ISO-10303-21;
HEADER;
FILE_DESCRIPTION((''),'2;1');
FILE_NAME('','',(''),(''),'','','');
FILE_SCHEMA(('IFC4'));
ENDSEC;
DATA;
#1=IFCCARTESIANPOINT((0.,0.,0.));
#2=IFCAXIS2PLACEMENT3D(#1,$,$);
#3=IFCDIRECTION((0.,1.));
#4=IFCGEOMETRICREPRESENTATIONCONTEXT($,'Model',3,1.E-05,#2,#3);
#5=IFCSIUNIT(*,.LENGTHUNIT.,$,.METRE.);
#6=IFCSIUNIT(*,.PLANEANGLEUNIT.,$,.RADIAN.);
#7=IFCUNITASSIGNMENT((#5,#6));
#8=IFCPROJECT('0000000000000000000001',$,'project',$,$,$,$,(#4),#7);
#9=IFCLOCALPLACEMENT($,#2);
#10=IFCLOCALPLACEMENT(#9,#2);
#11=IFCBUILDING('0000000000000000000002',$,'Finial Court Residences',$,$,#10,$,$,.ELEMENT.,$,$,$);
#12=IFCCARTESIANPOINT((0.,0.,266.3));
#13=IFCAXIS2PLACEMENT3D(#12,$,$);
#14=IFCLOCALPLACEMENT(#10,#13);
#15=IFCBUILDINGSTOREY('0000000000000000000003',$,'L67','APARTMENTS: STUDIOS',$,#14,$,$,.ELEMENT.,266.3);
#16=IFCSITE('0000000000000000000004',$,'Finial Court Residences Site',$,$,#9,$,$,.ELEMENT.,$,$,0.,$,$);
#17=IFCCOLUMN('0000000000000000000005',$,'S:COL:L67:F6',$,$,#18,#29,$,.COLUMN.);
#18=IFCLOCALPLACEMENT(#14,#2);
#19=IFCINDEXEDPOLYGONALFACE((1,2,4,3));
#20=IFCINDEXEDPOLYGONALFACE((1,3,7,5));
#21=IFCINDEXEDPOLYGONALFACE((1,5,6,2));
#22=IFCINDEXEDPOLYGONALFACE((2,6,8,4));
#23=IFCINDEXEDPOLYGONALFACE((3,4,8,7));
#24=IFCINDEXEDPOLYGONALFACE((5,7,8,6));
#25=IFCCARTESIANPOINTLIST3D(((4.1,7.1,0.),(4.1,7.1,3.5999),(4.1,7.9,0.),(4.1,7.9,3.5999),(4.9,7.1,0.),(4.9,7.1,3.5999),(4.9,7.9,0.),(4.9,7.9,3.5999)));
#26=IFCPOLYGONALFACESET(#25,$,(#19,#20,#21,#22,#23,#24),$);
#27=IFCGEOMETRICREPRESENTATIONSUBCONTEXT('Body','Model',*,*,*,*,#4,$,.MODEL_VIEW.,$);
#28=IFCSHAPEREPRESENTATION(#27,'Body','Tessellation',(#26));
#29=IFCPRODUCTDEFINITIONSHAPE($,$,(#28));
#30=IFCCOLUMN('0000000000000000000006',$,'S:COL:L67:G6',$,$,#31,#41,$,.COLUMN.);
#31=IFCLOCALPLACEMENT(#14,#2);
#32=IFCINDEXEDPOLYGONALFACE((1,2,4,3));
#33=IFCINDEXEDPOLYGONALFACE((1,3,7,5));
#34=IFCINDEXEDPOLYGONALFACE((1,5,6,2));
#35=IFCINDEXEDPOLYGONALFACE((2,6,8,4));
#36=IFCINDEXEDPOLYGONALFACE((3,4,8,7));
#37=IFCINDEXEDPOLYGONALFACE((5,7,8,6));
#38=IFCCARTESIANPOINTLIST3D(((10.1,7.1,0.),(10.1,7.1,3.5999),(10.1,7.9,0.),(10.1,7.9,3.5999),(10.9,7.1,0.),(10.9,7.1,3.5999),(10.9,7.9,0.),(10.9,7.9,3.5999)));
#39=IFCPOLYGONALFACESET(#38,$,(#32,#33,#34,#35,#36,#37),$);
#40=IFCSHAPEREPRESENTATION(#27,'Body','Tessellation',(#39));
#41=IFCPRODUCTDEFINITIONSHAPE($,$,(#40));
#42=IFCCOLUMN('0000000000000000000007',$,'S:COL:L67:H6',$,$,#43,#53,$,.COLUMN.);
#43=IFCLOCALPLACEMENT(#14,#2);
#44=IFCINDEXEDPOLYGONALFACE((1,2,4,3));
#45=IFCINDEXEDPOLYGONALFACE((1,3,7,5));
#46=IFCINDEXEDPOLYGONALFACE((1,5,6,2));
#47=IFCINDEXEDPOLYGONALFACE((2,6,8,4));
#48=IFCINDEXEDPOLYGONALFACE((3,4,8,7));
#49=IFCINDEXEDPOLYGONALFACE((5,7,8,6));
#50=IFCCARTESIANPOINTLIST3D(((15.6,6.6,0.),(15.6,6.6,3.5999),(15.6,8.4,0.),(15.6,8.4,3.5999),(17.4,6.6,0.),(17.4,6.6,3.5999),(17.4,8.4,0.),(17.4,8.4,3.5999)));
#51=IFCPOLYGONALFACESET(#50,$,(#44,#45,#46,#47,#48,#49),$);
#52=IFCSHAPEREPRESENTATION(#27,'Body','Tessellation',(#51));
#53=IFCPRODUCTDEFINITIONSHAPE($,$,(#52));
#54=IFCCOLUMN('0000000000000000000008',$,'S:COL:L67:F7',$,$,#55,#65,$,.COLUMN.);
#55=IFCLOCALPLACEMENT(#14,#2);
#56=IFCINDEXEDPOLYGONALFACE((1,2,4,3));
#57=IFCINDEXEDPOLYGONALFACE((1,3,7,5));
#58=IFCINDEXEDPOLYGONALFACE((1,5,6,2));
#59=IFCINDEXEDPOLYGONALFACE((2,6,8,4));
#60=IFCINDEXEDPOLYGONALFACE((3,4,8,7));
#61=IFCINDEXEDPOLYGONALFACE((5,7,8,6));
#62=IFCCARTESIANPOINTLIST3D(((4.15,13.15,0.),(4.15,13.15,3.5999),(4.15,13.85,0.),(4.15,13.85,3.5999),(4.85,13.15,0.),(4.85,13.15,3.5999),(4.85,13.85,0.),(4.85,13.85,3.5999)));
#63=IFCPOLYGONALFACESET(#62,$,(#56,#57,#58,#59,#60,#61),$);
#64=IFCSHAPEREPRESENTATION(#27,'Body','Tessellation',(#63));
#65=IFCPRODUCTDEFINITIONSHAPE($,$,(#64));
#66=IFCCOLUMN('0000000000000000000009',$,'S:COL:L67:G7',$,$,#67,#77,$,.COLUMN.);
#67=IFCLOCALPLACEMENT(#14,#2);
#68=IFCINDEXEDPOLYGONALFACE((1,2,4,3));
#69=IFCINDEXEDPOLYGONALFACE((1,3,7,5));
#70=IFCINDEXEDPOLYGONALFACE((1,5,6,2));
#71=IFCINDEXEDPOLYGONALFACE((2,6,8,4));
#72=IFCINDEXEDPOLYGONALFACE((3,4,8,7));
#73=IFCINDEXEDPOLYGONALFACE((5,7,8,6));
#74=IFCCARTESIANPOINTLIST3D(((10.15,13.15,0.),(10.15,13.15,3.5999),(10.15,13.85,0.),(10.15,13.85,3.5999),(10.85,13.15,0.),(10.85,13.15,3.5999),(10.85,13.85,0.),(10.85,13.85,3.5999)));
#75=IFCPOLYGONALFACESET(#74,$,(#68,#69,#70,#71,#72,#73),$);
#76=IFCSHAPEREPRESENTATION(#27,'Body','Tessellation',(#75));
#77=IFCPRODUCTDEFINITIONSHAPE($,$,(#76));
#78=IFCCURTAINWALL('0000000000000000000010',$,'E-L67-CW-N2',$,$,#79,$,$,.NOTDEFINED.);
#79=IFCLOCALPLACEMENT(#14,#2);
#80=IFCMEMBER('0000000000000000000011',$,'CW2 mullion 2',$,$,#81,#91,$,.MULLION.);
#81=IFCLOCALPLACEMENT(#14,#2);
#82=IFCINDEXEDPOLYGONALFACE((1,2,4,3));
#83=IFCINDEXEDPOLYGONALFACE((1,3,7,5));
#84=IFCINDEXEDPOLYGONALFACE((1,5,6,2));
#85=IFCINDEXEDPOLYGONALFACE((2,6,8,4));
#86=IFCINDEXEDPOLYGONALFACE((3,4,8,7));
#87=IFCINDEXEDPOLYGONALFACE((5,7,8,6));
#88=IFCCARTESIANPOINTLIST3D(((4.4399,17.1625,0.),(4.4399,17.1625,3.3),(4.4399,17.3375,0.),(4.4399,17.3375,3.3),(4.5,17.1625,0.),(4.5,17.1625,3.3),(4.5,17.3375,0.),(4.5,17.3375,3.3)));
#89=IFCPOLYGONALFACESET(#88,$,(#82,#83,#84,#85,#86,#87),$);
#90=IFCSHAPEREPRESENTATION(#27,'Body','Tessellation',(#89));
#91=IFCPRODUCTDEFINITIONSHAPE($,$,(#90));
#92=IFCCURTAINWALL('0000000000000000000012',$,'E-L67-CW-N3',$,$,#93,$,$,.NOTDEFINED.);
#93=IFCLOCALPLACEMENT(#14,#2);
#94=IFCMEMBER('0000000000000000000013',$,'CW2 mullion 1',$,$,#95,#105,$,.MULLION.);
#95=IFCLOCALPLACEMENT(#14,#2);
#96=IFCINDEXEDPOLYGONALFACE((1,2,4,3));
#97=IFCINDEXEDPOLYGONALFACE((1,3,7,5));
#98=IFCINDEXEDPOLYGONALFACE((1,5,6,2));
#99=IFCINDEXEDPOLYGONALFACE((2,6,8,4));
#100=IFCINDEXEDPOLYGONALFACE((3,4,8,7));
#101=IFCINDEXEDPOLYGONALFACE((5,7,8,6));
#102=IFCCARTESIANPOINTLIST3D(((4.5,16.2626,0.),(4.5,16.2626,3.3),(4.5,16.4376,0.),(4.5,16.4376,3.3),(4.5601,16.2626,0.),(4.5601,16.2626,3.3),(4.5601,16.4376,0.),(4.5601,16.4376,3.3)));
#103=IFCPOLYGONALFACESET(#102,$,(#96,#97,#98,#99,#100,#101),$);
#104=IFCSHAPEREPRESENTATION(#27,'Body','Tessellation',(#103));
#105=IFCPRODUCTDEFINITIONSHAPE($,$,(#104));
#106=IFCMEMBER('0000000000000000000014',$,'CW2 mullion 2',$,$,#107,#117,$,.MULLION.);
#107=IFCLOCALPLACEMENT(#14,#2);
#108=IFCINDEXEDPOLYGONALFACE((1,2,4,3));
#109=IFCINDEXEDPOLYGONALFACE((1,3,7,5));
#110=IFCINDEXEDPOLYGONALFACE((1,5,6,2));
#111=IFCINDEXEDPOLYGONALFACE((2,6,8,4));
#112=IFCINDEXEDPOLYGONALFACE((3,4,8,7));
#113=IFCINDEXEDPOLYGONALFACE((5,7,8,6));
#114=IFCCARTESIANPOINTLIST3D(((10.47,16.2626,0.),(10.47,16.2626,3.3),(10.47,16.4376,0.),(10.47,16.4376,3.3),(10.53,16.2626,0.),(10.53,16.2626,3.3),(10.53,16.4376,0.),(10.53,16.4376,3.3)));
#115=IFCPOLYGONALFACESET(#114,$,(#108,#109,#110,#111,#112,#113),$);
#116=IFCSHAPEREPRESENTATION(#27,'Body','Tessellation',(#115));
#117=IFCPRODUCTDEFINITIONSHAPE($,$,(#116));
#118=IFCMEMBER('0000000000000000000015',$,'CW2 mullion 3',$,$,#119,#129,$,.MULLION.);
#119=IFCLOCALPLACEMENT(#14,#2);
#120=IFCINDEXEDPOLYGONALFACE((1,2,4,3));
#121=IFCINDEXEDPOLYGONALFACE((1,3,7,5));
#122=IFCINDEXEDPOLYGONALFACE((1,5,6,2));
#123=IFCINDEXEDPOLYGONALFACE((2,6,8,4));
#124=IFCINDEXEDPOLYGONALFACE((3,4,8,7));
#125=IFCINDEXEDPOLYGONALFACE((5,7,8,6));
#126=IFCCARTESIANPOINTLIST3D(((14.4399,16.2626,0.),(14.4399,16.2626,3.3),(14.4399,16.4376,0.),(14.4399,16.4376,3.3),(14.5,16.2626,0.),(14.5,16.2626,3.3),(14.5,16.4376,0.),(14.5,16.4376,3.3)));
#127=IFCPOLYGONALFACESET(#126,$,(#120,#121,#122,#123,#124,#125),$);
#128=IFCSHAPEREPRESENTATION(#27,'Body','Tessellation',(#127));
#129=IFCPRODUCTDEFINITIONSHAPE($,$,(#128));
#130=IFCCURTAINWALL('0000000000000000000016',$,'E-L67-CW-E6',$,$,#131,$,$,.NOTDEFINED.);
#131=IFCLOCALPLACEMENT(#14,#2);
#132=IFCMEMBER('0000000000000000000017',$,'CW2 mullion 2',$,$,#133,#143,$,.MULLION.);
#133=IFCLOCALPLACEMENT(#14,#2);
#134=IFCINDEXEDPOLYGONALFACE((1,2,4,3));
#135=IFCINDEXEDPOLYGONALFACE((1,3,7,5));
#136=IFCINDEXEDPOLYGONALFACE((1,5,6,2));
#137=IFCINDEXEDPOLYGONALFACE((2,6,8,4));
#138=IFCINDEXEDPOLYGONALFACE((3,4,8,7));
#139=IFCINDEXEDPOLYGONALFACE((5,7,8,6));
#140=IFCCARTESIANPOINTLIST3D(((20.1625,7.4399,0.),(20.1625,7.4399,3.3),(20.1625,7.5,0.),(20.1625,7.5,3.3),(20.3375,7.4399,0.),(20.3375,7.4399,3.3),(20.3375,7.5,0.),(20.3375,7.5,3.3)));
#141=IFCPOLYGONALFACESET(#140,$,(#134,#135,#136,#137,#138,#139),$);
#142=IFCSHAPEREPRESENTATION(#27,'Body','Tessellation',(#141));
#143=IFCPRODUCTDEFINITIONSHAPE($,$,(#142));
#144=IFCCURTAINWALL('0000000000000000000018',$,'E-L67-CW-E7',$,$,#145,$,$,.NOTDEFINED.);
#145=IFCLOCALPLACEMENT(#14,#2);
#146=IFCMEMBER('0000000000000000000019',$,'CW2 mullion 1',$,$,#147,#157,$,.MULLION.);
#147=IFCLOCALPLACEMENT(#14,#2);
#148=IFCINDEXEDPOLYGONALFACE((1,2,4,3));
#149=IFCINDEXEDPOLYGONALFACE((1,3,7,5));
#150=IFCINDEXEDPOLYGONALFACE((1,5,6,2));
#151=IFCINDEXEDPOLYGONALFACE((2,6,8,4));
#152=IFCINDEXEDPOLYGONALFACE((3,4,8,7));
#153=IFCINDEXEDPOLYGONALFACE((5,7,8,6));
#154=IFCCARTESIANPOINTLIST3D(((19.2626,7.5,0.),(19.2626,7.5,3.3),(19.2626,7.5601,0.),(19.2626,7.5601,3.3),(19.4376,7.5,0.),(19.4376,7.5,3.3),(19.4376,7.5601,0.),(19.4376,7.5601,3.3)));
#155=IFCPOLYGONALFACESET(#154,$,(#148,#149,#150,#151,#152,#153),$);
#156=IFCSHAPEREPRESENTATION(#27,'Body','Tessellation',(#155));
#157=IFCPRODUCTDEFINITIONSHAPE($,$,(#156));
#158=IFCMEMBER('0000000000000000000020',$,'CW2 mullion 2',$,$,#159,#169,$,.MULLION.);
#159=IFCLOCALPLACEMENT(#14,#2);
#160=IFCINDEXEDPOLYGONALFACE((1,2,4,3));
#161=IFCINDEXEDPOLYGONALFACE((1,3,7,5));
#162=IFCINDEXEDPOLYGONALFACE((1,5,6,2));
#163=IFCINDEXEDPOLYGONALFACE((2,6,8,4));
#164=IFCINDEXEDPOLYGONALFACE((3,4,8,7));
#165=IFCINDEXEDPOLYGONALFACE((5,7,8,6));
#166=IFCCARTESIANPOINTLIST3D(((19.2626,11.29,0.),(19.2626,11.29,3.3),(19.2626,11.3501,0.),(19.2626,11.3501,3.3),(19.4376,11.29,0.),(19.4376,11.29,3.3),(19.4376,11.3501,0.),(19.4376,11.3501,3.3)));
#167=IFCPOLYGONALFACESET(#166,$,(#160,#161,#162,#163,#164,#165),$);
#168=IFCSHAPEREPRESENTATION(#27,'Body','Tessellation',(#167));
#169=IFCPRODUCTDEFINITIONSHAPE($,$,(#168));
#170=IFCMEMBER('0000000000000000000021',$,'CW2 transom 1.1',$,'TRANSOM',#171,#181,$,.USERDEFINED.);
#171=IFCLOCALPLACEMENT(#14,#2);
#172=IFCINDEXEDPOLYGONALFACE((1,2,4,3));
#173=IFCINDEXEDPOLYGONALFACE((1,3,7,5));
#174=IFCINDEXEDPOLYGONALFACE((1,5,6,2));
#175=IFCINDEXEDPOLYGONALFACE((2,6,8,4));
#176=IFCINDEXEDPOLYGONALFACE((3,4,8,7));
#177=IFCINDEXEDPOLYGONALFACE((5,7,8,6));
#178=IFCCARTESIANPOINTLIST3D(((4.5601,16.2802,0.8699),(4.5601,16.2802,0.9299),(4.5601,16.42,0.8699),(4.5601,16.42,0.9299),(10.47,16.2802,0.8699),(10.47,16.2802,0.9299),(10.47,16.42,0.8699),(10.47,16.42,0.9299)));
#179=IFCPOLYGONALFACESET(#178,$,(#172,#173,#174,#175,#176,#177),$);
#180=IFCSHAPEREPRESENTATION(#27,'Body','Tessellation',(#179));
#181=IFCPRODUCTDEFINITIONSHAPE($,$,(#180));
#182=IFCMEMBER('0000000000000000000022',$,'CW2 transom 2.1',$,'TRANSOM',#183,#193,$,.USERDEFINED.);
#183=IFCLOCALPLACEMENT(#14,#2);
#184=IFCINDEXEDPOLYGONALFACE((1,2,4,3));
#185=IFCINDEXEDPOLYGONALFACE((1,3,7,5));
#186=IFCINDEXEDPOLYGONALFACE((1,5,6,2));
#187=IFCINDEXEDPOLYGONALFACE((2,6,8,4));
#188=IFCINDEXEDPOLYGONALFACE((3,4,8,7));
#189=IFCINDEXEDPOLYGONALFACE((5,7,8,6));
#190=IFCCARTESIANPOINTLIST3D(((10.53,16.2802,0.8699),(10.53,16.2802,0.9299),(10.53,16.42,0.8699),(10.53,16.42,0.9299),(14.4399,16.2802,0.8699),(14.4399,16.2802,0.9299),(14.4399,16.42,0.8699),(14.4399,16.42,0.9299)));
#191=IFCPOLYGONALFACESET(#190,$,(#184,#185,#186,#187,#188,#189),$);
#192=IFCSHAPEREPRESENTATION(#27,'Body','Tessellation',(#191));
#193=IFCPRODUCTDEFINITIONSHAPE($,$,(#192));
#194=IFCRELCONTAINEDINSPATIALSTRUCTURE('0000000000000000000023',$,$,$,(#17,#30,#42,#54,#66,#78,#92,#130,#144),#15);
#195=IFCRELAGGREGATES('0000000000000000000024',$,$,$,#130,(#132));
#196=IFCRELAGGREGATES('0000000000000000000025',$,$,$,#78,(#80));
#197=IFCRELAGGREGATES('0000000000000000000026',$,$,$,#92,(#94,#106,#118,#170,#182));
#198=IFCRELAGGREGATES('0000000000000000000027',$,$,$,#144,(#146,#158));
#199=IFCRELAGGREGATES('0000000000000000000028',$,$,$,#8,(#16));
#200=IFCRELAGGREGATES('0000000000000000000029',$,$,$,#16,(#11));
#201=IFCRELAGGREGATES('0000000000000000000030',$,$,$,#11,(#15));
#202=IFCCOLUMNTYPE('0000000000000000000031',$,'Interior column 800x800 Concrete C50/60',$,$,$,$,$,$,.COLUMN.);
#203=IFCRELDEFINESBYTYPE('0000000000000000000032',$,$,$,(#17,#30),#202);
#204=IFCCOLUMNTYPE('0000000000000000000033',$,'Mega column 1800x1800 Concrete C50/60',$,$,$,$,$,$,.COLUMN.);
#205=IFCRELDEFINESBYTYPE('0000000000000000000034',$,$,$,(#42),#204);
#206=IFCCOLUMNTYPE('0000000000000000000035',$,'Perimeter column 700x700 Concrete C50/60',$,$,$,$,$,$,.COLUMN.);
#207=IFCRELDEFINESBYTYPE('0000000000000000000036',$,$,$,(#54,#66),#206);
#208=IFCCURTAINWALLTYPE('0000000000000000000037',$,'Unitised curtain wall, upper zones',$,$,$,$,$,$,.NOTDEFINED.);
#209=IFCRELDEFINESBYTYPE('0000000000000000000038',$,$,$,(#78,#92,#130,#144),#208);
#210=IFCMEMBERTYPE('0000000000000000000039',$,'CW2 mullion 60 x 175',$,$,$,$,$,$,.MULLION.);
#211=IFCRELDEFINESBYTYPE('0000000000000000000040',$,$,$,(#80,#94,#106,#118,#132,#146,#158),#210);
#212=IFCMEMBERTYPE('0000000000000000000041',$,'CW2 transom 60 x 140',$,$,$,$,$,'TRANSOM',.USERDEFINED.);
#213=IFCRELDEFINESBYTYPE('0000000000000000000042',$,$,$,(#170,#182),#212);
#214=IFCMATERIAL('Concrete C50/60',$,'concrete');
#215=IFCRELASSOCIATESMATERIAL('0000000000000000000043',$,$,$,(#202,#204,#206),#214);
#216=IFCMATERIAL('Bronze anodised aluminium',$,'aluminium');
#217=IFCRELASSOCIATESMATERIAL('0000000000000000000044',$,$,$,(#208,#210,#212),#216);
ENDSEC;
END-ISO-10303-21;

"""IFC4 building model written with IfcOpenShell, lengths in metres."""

from ifc_helpers import new_model, si_unit, direction, frame, origin, origin_2d, place, context, subcontext, project, spatial, rectangle, extrude, material, material_profile, profile_set, type_object, element, aggregate, save


model = new_model("IFC4")

# Units and contexts
model_context = context("Model", 3, precision=1e-05, world=origin(), true_north=direction((0.0, 1.0)))
body_context = subcontext(model_context, "Body", "Model", "MODEL_VIEW")
ifc_project = project(units=[si_unit("LENGTHUNIT", "METRE"), si_unit("PLANEANGLEUNIT", "RADIAN")], contexts=[model_context])

# Site, building, storey
site_placement = place(None, origin())
site = spatial("IfcSite", under=ifc_project, at=site_placement, Name="Finial Court Residences Site", CompositionType="ELEMENT", RefElevation=0.0)
building_placement = place(site_placement, origin())
building = spatial("IfcBuilding", under=site, at=building_placement, Name="Finial Court Residences", CompositionType="ELEMENT")
storey_placement = place(building_placement, frame((0.0, 0.0, 266.3)))
storey = spatial("IfcBuildingStorey", under=building, at=storey_placement, Name="L67", Description="APARTMENTS: STUDIOS", CompositionType="ELEMENT", Elevation=266.3)

# Columns
ifc_material_1 = material(Name="Concrete C50/60", Category="concrete")
ifc_material_profile_1 = material_profile(ifc_material_1, rectangle(XDim=0.8, YDim=0.8, at=origin_2d()), Name="800x800")
ifc_profile_set_1 = profile_set([ifc_material_profile_1], Name="Concrete C50/60")
column_type_1 = type_object("IfcColumnType", Name="Interior column 800x800 Concrete C50/60", PredefinedType="COLUMN", material=ifc_profile_set_1)
for number, where, z_axis, x_axis, name in (
    (1, (4.5, 7.5, 0.0), (0.0, 0.0, 1.0), (1.0, 0.0, 0.0), "S:COL:L67:F6"),
    (2, (10.5, 7.5, 0.0), (0.0, 0.0, 1.0), (1.0, 0.0, 0.0), "S:COL:L67:G6"),
):
    element("IfcColumn", number, at=place(storey_placement, frame(where, z_axis=z_axis, x_axis=x_axis)), inside=storey, type_object=column_type_1, Name=name, PredefinedType="COLUMN", context=body_context, shape_type="SweptSolid", body=[
        extrude(rectangle(XDim=0.8, YDim=0.8, at=origin_2d()), origin(), (0.0, 0.0, 1.0), 3.5999),
    ])
ifc_material_profile_2 = material_profile(ifc_material_1, rectangle(XDim=1.8, YDim=1.8, at=origin_2d()), Name="1800x1800")
ifc_profile_set_2 = profile_set([ifc_material_profile_2], Name="Concrete C50/60")
column_type_2 = type_object("IfcColumnType", Name="Mega column 1800x1800 Concrete C50/60", PredefinedType="COLUMN", material=ifc_profile_set_2)
column_placement = place(storey_placement, frame((16.5, 7.5, 0.0), z_axis=(0.0, 0.0, 1.0), x_axis=(1.0, 0.0, 0.0)))
element("IfcColumn", 3, at=column_placement, inside=storey, type_object=column_type_2, Name="S:COL:L67:H6", PredefinedType="COLUMN", context=body_context, shape_type="SweptSolid", body=[
    extrude(rectangle(XDim=1.8, YDim=1.8, at=origin_2d()), origin(), (0.0, 0.0, 1.0), 3.5999),
])
ifc_material_profile_3 = material_profile(ifc_material_1, rectangle(XDim=0.7, YDim=0.7, at=origin_2d()), Name="700x700")
ifc_profile_set_3 = profile_set([ifc_material_profile_3], Name="Concrete C50/60")
column_type_3 = type_object("IfcColumnType", Name="Perimeter column 700x700 Concrete C50/60", PredefinedType="COLUMN", material=ifc_profile_set_3)
for number, where, z_axis, x_axis, name in (
    (4, (4.5, 13.5, 0.0), (0.0, 0.0, 1.0), (1.0, 0.0, 0.0), "S:COL:L67:F7"),
    (5, (10.5, 13.5, 0.0), (0.0, 0.0, 1.0), (1.0, 0.0, 0.0), "S:COL:L67:G7"),
):
    element("IfcColumn", number, at=place(storey_placement, frame(where, z_axis=z_axis, x_axis=x_axis)), inside=storey, type_object=column_type_3, Name=name, PredefinedType="COLUMN", context=body_context, shape_type="SweptSolid", body=[
        extrude(rectangle(XDim=0.7, YDim=0.7, at=origin_2d()), origin(), (0.0, 0.0, 1.0), 3.5999),
    ])

# Curtain wall, member
ifc_material_2 = material(Name="Bronze anodised aluminium", Category="aluminium")
curtain_wall_type = type_object("IfcCurtainWallType", Name="Unitised curtain wall, upper zones", PredefinedType="NOTDEFINED", material=ifc_material_2)
curtain_wall_1_placement = place(storey_placement, origin())
curtain_wall_1 = element("IfcCurtainWall", 6, at=curtain_wall_1_placement, inside=storey, type_object=curtain_wall_type, Name="E-L67-CW-N2", PredefinedType="NOTDEFINED")
ifc_material_profile_4 = material_profile(ifc_material_2, rectangle(XDim=0.175, YDim=0.0601, at=origin_2d()), Name="CW2 mullion 60 x 175")
ifc_profile_set_4 = profile_set([ifc_material_profile_4], Name="Bronze anodised aluminium")
member_type_1 = type_object("IfcMemberType", Name="CW2 mullion 60 x 175", PredefinedType="MULLION", material=ifc_profile_set_4)
member_1_placement = place(storey_placement, frame((4.47, 17.25, 0.0), z_axis=(0.0, 0.0, 1.0), x_axis=(0.0, 1.0, 0.0)))
member_1 = element("IfcMember", 7, at=member_1_placement, type_object=member_type_1, Name="CW2 mullion 2", PredefinedType="MULLION", context=body_context, shape_type="SweptSolid", body=[
    extrude(rectangle(XDim=0.175, YDim=0.0601, at=origin_2d()), origin(), (0.0, 0.0, 1.0), 3.3),
])

# Curtain wall, members
curtain_wall_2_placement = place(storey_placement, origin())
curtain_wall_2 = element("IfcCurtainWall", 8, at=curtain_wall_2_placement, inside=storey, type_object=curtain_wall_type, Name="E-L67-CW-N3", PredefinedType="NOTDEFINED")
member_2_placement = place(storey_placement, frame((4.53, 16.3501, 0.0), z_axis=(0.0, 0.0, 1.0), x_axis=(0.0, 1.0, 0.0)))
member_2 = element("IfcMember", 9, at=member_2_placement, type_object=member_type_1, Name="CW2 mullion 1", PredefinedType="MULLION", context=body_context, shape_type="SweptSolid", body=[
    extrude(rectangle(XDim=0.175, YDim=0.0601, at=origin_2d()), origin(), (0.0, 0.0, 1.0), 3.3),
])
member_3_placement = place(storey_placement, frame((10.5, 16.3501, 0.0), z_axis=(0.0, 0.0, 1.0), x_axis=(0.0, 1.0, 0.0)))
member_3 = element("IfcMember", 10, at=member_3_placement, type_object=member_type_1, Name="CW2 mullion 2", PredefinedType="MULLION", context=body_context, shape_type="SweptSolid", body=[
    extrude(rectangle(XDim=0.175, YDim=0.0601, at=origin_2d()), origin(), (0.0, 0.0, 1.0), 3.3),
])
member_4_placement = place(storey_placement, frame((14.47, 16.3501, 0.0), z_axis=(0.0, 0.0, 1.0), x_axis=(0.0, 1.0, 0.0)))
member_4 = element("IfcMember", 11, at=member_4_placement, type_object=member_type_1, Name="CW2 mullion 3", PredefinedType="MULLION", context=body_context, shape_type="SweptSolid", body=[
    extrude(rectangle(XDim=0.175, YDim=0.0601, at=origin_2d()), origin(), (0.0, 0.0, 1.0), 3.3),
])

# Curtain wall, member
curtain_wall_3_placement = place(storey_placement, origin())
curtain_wall_3 = element("IfcCurtainWall", 12, at=curtain_wall_3_placement, inside=storey, type_object=curtain_wall_type, Name="E-L67-CW-E6", PredefinedType="NOTDEFINED")
member_5_placement = place(storey_placement, frame((20.25, 7.47, 0.0), z_axis=(0.0, 0.0, 1.0), x_axis=(-1.0, 0.0, 0.0)))
member_5 = element("IfcMember", 13, at=member_5_placement, type_object=member_type_1, Name="CW2 mullion 2", PredefinedType="MULLION", context=body_context, shape_type="SweptSolid", body=[
    extrude(rectangle(XDim=0.175, YDim=0.0601, at=origin_2d()), origin(), (0.0, 0.0, 1.0), 3.3),
])
aggregate(curtain_wall_3, [member_5])

# Curtain wall, members
curtain_wall_4_placement = place(storey_placement, origin())
curtain_wall_4 = element("IfcCurtainWall", 14, at=curtain_wall_4_placement, inside=storey, type_object=curtain_wall_type, Name="E-L67-CW-E7", PredefinedType="NOTDEFINED")
member_6_placement = place(storey_placement, frame((19.3501, 7.53, 0.0), z_axis=(0.0, 0.0, 1.0), x_axis=(-1.0, 0.0, 0.0)))
member_6 = element("IfcMember", 15, at=member_6_placement, type_object=member_type_1, Name="CW2 mullion 1", PredefinedType="MULLION", context=body_context, shape_type="SweptSolid", body=[
    extrude(rectangle(XDim=0.175, YDim=0.0601, at=origin_2d()), origin(), (0.0, 0.0, 1.0), 3.3),
])
member_7_placement = place(storey_placement, frame((19.3501, 11.3201, 0.0), z_axis=(0.0, 0.0, 1.0), x_axis=(-1.0, 0.0, 0.0)))
member_7 = element("IfcMember", 16, at=member_7_placement, type_object=member_type_1, Name="CW2 mullion 2", PredefinedType="MULLION", context=body_context, shape_type="SweptSolid", body=[
    extrude(rectangle(XDim=0.175, YDim=0.0601, at=origin_2d()), origin(), (0.0, 0.0, 1.0), 3.3),
])

# Members
ifc_material_profile_5 = material_profile(ifc_material_2, rectangle(XDim=0.1399, YDim=0.0601, at=origin_2d()), Name="CW2 transom 60 x 140")
ifc_profile_set_5 = profile_set([ifc_material_profile_5], Name="Bronze anodised aluminium")
member_type_2 = type_object("IfcMemberType", Name="CW2 transom 60 x 140", ElementType="TRANSOM", PredefinedType="USERDEFINED", material=ifc_profile_set_5)
member_8_placement = place(storey_placement, frame((4.5601, 16.3501, 0.8999), z_axis=(1.0, 0.0, 0.0), x_axis=(0.0, 1.0, 0.0)))
member_8 = element("IfcMember", 17, at=member_8_placement, type_object=member_type_2, Name="CW2 transom 1.1", ObjectType="TRANSOM", PredefinedType="USERDEFINED", context=body_context, shape_type="SweptSolid", body=[
    extrude(rectangle(XDim=0.1399, YDim=0.0601, at=origin_2d()), origin(), (0.0, 0.0, 1.0), 5.9099),
])
member_9_placement = place(storey_placement, frame((10.53, 16.3501, 0.8999), z_axis=(1.0, 0.0, 0.0), x_axis=(0.0, 1.0, 0.0)))
member_9 = element("IfcMember", 18, at=member_9_placement, type_object=member_type_2, Name="CW2 transom 2.1", ObjectType="TRANSOM", PredefinedType="USERDEFINED", context=body_context, shape_type="SweptSolid", body=[
    extrude(rectangle(XDim=0.1399, YDim=0.0601, at=origin_2d()), origin(), (0.0, 0.0, 1.0), 3.9099),
])

aggregate(curtain_wall_1, [member_1])
aggregate(curtain_wall_2, [member_2, member_3, member_4, member_8, member_9])
aggregate(curtain_wall_4, [member_6, member_7])

save(model, "model.ifc")
